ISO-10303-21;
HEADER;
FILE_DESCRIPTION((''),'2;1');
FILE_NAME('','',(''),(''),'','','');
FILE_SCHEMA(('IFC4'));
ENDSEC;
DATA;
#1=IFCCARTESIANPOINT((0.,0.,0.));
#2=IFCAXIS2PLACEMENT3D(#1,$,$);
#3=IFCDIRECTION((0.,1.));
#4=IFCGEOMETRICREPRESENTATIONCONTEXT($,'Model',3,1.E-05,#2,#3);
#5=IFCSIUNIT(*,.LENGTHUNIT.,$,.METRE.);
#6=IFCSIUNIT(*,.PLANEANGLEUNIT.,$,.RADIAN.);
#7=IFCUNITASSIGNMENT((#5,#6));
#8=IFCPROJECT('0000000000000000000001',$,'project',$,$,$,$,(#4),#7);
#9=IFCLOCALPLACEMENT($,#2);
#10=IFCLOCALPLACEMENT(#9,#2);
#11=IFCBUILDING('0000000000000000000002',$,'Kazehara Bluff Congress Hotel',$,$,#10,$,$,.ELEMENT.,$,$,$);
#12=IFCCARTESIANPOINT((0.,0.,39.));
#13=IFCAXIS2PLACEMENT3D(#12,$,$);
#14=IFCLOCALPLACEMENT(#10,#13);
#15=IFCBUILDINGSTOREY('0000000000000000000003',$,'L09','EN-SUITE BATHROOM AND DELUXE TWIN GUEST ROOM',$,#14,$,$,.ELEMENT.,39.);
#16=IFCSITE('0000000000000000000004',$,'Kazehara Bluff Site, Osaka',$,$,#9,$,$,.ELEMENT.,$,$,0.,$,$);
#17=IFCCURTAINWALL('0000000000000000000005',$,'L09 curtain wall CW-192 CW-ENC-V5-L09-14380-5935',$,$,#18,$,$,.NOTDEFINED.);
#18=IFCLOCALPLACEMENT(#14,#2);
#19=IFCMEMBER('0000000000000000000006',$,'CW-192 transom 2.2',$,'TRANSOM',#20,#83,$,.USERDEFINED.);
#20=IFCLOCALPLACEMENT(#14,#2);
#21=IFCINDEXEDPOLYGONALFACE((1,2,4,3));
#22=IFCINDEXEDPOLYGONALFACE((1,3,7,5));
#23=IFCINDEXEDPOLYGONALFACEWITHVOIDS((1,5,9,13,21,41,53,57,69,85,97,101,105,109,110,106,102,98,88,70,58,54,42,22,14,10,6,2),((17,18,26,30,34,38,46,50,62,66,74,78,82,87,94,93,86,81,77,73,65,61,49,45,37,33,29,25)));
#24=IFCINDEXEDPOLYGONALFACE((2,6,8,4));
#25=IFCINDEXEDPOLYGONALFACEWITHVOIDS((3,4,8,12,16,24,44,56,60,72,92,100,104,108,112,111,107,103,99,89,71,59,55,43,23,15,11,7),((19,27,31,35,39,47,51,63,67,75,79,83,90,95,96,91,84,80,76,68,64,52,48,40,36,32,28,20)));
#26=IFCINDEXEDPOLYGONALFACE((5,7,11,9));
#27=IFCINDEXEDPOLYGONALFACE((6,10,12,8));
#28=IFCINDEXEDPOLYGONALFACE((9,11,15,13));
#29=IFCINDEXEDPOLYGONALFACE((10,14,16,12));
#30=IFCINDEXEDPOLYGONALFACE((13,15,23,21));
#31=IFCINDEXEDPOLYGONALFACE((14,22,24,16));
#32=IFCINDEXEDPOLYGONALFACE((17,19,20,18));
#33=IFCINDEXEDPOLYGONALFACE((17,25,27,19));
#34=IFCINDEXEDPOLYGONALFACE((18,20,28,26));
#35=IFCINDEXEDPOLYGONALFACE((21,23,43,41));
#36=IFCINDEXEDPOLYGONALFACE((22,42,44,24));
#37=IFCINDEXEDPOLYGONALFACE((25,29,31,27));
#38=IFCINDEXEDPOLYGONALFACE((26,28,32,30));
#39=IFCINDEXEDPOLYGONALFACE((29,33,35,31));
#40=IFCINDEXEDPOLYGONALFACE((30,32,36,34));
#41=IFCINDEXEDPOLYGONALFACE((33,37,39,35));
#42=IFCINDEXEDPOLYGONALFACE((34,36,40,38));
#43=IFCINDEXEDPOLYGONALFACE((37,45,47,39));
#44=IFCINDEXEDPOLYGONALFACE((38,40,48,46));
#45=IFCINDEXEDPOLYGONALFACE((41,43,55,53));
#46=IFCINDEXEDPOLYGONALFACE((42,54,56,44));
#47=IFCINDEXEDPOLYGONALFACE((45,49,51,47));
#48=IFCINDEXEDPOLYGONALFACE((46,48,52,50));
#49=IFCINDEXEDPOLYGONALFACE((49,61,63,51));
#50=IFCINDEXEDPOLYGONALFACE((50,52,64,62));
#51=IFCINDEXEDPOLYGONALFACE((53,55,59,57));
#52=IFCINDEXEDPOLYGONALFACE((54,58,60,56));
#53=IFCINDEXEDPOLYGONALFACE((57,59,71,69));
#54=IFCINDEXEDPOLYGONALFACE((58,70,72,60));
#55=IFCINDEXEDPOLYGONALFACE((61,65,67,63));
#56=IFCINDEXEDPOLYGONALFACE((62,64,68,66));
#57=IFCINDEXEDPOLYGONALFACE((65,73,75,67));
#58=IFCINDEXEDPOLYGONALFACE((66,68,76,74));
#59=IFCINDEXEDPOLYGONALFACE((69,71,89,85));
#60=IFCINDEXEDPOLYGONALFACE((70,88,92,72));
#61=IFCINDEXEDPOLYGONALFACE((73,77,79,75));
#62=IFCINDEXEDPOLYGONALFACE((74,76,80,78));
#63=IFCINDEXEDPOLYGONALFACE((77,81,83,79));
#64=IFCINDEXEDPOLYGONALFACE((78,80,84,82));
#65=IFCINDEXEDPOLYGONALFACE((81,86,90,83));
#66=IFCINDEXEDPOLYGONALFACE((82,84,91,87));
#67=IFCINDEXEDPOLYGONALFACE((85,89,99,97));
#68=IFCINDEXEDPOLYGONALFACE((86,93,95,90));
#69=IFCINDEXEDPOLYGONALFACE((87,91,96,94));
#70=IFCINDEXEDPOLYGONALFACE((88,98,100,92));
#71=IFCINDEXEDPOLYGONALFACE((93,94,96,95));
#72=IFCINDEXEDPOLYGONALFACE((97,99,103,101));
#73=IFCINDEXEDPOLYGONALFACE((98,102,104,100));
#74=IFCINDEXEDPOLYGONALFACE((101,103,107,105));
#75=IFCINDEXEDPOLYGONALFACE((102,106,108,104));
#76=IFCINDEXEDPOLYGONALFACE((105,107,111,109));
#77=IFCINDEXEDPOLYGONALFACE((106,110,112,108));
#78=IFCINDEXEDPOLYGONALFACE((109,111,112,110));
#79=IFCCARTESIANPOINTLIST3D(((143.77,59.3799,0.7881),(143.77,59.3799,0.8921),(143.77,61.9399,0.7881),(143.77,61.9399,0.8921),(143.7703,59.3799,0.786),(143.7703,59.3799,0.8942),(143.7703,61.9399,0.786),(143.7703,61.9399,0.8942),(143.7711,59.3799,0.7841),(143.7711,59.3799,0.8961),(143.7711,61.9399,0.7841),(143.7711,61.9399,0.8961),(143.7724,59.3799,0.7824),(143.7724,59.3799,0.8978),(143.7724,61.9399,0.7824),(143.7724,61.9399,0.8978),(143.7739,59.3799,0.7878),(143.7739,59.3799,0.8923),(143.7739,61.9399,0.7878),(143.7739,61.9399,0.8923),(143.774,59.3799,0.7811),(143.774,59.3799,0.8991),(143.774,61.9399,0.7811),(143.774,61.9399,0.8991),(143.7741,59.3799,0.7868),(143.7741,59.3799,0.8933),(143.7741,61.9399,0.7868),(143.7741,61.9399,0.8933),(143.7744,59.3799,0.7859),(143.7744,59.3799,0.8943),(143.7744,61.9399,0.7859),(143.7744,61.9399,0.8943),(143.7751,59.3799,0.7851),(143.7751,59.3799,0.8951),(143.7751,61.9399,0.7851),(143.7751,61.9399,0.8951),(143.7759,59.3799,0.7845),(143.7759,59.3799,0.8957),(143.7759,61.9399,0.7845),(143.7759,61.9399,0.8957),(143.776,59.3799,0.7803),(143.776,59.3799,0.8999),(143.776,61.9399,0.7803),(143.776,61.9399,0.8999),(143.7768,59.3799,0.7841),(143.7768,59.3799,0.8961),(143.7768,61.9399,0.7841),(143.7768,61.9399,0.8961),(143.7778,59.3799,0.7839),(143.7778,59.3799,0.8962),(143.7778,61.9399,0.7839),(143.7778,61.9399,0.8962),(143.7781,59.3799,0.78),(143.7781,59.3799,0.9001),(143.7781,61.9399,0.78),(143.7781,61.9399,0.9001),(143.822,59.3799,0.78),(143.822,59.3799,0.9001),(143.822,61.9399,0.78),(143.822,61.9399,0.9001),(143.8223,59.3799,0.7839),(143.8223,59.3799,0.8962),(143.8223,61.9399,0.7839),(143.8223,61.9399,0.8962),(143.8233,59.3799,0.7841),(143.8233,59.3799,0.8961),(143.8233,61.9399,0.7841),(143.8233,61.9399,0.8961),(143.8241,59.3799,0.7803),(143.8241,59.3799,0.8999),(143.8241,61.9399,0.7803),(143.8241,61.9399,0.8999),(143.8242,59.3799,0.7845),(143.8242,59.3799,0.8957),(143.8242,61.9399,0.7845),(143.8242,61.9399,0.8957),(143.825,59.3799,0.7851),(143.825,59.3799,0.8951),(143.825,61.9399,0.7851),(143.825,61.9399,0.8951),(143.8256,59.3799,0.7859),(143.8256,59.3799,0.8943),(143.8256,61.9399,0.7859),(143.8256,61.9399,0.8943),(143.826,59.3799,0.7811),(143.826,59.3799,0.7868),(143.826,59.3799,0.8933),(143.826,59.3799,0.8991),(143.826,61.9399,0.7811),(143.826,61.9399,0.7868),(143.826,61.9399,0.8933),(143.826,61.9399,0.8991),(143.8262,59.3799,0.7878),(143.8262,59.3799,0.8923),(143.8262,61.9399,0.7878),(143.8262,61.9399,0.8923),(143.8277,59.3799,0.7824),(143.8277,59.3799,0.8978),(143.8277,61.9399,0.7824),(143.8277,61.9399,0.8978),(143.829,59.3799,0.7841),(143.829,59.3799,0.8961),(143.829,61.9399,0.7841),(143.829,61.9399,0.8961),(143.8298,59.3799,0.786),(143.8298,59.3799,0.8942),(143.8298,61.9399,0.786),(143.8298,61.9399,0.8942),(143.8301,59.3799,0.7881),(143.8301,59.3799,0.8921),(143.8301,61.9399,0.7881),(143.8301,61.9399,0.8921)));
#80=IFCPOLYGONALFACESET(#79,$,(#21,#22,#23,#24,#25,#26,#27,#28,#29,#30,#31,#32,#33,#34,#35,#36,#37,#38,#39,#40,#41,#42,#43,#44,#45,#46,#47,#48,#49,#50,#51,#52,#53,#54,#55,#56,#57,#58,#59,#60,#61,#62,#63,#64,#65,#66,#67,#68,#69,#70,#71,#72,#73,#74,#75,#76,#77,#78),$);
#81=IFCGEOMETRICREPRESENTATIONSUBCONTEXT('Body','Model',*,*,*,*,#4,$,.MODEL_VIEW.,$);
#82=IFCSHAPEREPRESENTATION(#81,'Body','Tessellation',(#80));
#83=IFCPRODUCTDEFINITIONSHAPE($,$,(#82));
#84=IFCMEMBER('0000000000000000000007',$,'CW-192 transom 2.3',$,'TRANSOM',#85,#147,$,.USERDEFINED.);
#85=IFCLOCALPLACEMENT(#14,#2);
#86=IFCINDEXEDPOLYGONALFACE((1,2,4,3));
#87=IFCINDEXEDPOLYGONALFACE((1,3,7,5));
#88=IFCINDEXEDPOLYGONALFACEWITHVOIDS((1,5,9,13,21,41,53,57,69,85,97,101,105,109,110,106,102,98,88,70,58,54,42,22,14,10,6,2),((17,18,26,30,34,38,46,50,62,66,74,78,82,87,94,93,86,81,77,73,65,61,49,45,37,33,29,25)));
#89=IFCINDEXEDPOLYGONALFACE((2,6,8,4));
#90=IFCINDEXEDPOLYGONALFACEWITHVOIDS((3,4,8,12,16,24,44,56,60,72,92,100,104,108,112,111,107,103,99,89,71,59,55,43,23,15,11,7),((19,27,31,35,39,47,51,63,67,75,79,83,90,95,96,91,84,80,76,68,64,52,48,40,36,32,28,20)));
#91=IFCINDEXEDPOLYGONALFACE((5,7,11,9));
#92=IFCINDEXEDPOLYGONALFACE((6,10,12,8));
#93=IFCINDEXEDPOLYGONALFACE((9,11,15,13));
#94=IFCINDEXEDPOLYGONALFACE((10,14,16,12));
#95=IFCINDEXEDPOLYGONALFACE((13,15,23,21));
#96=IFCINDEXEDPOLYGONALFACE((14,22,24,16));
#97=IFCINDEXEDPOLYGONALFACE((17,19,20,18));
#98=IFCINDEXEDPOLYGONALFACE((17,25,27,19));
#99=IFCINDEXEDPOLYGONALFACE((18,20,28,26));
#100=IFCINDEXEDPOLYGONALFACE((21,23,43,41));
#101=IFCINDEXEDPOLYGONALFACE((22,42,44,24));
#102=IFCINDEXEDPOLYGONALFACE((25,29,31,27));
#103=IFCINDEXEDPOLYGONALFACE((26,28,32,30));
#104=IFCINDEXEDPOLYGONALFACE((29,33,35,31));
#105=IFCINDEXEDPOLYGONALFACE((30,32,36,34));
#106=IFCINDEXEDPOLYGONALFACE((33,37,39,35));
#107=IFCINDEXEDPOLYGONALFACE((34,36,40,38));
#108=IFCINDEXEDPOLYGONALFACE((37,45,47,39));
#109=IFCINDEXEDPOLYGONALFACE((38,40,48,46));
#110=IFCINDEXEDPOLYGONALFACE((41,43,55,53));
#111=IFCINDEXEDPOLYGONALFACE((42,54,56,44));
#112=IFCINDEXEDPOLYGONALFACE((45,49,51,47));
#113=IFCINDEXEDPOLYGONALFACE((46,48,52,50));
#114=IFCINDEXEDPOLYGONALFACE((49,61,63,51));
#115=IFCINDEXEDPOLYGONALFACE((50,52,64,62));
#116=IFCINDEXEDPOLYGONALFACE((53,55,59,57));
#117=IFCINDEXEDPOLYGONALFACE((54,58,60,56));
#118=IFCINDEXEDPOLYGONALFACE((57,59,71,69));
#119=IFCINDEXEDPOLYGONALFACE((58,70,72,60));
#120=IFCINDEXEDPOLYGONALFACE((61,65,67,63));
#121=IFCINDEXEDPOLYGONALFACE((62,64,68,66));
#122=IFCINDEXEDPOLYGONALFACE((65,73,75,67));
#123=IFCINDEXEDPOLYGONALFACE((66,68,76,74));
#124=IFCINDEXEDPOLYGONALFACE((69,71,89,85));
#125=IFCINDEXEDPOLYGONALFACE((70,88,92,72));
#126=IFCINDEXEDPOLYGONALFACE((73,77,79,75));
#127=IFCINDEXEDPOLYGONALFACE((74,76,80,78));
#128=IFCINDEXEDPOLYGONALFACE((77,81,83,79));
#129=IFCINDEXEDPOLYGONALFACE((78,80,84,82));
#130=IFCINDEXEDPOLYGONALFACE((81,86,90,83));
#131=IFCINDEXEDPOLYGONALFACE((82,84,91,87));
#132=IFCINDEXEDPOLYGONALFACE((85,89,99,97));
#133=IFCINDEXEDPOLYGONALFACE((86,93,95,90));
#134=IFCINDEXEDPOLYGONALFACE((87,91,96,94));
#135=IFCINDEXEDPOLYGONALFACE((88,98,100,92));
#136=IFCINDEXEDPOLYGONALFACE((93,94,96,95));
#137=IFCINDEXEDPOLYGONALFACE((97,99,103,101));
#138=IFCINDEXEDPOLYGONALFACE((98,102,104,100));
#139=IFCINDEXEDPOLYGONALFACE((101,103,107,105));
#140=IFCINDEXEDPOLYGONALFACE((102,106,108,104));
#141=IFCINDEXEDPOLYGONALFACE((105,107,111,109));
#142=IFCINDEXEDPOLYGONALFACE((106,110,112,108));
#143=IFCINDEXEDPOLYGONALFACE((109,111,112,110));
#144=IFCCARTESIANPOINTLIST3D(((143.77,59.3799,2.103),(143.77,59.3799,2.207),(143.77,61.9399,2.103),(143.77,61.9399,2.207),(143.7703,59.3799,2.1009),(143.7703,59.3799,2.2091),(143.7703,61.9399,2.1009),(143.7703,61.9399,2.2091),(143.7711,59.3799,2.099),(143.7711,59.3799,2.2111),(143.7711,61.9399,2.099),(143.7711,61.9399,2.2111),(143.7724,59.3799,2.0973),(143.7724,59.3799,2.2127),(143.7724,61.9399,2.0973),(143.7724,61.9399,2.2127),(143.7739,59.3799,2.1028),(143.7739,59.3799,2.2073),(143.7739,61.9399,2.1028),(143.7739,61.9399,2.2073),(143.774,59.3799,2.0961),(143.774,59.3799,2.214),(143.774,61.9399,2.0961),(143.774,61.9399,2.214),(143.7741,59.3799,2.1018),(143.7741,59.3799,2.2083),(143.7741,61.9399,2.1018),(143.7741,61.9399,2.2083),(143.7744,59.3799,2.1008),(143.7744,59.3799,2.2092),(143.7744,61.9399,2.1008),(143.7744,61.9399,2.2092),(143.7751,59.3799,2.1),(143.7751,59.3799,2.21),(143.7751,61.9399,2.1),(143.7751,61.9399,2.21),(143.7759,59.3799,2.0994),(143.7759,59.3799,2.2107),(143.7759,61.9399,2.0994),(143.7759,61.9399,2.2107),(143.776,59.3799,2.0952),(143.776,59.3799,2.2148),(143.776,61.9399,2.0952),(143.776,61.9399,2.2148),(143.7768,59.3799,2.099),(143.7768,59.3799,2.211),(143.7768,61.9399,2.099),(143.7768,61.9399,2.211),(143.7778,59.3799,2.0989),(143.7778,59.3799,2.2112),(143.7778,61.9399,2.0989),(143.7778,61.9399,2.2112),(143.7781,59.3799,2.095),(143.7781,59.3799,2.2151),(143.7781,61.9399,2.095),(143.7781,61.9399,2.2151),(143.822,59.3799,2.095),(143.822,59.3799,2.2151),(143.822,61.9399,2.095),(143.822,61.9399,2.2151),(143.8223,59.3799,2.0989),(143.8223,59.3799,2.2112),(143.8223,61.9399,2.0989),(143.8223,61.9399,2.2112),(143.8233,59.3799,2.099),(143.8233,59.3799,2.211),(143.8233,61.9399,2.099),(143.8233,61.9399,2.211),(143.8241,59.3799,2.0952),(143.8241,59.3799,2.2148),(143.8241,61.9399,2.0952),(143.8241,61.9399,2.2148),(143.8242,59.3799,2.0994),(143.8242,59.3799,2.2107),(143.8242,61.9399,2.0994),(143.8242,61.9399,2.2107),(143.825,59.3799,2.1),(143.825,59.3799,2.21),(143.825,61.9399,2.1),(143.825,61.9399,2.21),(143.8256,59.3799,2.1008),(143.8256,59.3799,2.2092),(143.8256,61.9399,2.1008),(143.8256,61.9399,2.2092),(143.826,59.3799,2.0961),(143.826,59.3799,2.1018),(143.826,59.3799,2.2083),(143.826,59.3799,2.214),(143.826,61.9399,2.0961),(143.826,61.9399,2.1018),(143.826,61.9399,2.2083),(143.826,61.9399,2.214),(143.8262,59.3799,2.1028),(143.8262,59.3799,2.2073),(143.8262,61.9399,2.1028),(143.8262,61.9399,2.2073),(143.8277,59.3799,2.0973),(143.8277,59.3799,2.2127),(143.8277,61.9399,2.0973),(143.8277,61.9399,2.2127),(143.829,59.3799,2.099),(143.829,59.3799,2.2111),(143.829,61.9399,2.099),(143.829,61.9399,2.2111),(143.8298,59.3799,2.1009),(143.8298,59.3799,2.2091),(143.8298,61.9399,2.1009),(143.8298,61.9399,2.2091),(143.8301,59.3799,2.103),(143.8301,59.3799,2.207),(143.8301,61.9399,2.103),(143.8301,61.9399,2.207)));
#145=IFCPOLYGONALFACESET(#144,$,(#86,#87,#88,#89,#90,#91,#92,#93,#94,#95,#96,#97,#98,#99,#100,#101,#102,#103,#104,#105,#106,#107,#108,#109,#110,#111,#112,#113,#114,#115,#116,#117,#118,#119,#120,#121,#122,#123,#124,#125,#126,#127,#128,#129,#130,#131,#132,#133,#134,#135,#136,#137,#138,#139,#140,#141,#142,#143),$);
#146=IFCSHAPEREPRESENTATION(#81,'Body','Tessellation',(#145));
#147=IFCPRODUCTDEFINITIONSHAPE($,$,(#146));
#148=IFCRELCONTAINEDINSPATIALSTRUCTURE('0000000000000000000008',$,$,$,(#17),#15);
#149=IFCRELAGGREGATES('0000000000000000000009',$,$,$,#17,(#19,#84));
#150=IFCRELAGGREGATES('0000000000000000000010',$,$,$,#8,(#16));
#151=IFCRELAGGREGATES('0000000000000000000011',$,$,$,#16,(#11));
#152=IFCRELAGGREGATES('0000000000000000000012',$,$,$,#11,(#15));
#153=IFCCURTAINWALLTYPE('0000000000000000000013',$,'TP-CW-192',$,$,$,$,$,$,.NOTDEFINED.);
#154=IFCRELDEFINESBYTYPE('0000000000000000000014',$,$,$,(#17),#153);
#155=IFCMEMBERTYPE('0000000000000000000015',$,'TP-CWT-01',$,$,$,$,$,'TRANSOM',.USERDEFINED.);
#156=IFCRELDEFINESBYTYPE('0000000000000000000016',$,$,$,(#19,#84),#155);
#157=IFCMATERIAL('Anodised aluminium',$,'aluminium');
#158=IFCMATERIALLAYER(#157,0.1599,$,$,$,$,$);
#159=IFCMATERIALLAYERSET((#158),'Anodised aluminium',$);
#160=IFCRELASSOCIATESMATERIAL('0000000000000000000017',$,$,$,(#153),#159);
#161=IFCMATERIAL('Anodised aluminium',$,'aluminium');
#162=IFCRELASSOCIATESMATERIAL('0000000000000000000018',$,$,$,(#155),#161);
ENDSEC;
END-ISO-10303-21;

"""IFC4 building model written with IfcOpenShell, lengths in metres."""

from ifc_helpers import new_model, si_unit, direction, frame, origin, origin_2d, place, context, subcontext, project, spatial, hollow_rectangle, extrude, material, layer, layer_set, material_profile, profile_set, type_object, element, aggregate, save


model = new_model("IFC4")

# Units and contexts
model_context = context("Model", 3, precision=1e-05, world=origin(), true_north=direction((0.0, 1.0)))
body_context = subcontext(model_context, "Body", "Model", "MODEL_VIEW")
ifc_project = project(units=[si_unit("LENGTHUNIT", "METRE"), si_unit("PLANEANGLEUNIT", "RADIAN")], contexts=[model_context])

# Site, building, storey
site_placement = place(None, origin())
site = spatial("IfcSite", under=ifc_project, at=site_placement, Name="Kazehara Bluff Site, Osaka", CompositionType="ELEMENT", RefElevation=0.0)
building_placement = place(site_placement, origin())
building = spatial("IfcBuilding", under=site, at=building_placement, Name="Kazehara Bluff Congress Hotel", CompositionType="ELEMENT")
storey_placement = place(building_placement, frame((0.0, 0.0, 39.0)))
storey = spatial("IfcBuildingStorey", under=building, at=storey_placement, Name="L09", Description="EN-SUITE BATHROOM AND DELUXE TWIN GUEST ROOM", CompositionType="ELEMENT", Elevation=39.0)

# Curtain wall, members
ifc_material_1 = material(Name="Anodised aluminium", Category="aluminium")
ifc_layer_1 = layer(ifc_material_1, 0.1599)
ifc_layer_set_1 = layer_set([ifc_layer_1], Name="Anodised aluminium")
curtain_wall_type = type_object("IfcCurtainWallType", Name="TP-CW-192", PredefinedType="NOTDEFINED", material=ifc_layer_set_1)
curtain_wall_placement = place(storey_placement, origin())
curtain_wall = element("IfcCurtainWall", 1, at=curtain_wall_placement, inside=storey, type_object=curtain_wall_type, Name="L09 curtain wall CW-192 CW-ENC-V5-L09-14380-5935", PredefinedType="NOTDEFINED")
ifc_material_2 = material(Name="Anodised aluminium", Category="aluminium")
ifc_material_profile_1 = material_profile(ifc_material_2, hollow_rectangle(XDim=0.0601, YDim=0.1201, WallThickness=0.0039, InnerFilletRadius=0.0039, OuterFilletRadius=0.0081, at=origin_2d()))
ifc_profile_set_1 = profile_set([ifc_material_profile_1], Name="Anodised aluminium")
member_type_1 = type_object("IfcMemberType", Name="TP-CWT-01", ElementType="TRANSOM", PredefinedType="USERDEFINED", material=ifc_profile_set_1)
member_1_placement = place(storey_placement, frame((143.8, 59.3799, 0.8401), z_axis=(0.0, 1.0, 0.0), x_axis=(-1.0, 0.0, 0.0)))
member_1 = element("IfcMember", 2, at=member_1_placement, type_object=member_type_1, Name="CW-192 transom 2.2", ObjectType="TRANSOM", PredefinedType="USERDEFINED", context=body_context, shape_type="SweptSolid", body=[
    extrude(hollow_rectangle(XDim=0.0601, YDim=0.1201, WallThickness=0.0039, InnerFilletRadius=0.0039, OuterFilletRadius=0.0081, at=origin_2d()), origin(), (0.0, 0.0, 1.0), 2.5601),
])
member_2_placement = place(storey_placement, frame((143.8, 59.3799, 2.155), z_axis=(0.0, 1.0, 0.0), x_axis=(-1.0, 0.0, 0.0)))
member_2 = element("IfcMember", 3, at=member_2_placement, type_object=member_type_1, Name="CW-192 transom 2.3", ObjectType="TRANSOM", PredefinedType="USERDEFINED", context=body_context, shape_type="SweptSolid", body=[
    extrude(hollow_rectangle(XDim=0.0601, YDim=0.1201, WallThickness=0.0039, InnerFilletRadius=0.0039, OuterFilletRadius=0.0081, at=origin_2d()), origin(), (0.0, 0.0, 1.0), 2.5601),
])

aggregate(curtain_wall, [member_1, member_2])

save(model, "model.ifc")
